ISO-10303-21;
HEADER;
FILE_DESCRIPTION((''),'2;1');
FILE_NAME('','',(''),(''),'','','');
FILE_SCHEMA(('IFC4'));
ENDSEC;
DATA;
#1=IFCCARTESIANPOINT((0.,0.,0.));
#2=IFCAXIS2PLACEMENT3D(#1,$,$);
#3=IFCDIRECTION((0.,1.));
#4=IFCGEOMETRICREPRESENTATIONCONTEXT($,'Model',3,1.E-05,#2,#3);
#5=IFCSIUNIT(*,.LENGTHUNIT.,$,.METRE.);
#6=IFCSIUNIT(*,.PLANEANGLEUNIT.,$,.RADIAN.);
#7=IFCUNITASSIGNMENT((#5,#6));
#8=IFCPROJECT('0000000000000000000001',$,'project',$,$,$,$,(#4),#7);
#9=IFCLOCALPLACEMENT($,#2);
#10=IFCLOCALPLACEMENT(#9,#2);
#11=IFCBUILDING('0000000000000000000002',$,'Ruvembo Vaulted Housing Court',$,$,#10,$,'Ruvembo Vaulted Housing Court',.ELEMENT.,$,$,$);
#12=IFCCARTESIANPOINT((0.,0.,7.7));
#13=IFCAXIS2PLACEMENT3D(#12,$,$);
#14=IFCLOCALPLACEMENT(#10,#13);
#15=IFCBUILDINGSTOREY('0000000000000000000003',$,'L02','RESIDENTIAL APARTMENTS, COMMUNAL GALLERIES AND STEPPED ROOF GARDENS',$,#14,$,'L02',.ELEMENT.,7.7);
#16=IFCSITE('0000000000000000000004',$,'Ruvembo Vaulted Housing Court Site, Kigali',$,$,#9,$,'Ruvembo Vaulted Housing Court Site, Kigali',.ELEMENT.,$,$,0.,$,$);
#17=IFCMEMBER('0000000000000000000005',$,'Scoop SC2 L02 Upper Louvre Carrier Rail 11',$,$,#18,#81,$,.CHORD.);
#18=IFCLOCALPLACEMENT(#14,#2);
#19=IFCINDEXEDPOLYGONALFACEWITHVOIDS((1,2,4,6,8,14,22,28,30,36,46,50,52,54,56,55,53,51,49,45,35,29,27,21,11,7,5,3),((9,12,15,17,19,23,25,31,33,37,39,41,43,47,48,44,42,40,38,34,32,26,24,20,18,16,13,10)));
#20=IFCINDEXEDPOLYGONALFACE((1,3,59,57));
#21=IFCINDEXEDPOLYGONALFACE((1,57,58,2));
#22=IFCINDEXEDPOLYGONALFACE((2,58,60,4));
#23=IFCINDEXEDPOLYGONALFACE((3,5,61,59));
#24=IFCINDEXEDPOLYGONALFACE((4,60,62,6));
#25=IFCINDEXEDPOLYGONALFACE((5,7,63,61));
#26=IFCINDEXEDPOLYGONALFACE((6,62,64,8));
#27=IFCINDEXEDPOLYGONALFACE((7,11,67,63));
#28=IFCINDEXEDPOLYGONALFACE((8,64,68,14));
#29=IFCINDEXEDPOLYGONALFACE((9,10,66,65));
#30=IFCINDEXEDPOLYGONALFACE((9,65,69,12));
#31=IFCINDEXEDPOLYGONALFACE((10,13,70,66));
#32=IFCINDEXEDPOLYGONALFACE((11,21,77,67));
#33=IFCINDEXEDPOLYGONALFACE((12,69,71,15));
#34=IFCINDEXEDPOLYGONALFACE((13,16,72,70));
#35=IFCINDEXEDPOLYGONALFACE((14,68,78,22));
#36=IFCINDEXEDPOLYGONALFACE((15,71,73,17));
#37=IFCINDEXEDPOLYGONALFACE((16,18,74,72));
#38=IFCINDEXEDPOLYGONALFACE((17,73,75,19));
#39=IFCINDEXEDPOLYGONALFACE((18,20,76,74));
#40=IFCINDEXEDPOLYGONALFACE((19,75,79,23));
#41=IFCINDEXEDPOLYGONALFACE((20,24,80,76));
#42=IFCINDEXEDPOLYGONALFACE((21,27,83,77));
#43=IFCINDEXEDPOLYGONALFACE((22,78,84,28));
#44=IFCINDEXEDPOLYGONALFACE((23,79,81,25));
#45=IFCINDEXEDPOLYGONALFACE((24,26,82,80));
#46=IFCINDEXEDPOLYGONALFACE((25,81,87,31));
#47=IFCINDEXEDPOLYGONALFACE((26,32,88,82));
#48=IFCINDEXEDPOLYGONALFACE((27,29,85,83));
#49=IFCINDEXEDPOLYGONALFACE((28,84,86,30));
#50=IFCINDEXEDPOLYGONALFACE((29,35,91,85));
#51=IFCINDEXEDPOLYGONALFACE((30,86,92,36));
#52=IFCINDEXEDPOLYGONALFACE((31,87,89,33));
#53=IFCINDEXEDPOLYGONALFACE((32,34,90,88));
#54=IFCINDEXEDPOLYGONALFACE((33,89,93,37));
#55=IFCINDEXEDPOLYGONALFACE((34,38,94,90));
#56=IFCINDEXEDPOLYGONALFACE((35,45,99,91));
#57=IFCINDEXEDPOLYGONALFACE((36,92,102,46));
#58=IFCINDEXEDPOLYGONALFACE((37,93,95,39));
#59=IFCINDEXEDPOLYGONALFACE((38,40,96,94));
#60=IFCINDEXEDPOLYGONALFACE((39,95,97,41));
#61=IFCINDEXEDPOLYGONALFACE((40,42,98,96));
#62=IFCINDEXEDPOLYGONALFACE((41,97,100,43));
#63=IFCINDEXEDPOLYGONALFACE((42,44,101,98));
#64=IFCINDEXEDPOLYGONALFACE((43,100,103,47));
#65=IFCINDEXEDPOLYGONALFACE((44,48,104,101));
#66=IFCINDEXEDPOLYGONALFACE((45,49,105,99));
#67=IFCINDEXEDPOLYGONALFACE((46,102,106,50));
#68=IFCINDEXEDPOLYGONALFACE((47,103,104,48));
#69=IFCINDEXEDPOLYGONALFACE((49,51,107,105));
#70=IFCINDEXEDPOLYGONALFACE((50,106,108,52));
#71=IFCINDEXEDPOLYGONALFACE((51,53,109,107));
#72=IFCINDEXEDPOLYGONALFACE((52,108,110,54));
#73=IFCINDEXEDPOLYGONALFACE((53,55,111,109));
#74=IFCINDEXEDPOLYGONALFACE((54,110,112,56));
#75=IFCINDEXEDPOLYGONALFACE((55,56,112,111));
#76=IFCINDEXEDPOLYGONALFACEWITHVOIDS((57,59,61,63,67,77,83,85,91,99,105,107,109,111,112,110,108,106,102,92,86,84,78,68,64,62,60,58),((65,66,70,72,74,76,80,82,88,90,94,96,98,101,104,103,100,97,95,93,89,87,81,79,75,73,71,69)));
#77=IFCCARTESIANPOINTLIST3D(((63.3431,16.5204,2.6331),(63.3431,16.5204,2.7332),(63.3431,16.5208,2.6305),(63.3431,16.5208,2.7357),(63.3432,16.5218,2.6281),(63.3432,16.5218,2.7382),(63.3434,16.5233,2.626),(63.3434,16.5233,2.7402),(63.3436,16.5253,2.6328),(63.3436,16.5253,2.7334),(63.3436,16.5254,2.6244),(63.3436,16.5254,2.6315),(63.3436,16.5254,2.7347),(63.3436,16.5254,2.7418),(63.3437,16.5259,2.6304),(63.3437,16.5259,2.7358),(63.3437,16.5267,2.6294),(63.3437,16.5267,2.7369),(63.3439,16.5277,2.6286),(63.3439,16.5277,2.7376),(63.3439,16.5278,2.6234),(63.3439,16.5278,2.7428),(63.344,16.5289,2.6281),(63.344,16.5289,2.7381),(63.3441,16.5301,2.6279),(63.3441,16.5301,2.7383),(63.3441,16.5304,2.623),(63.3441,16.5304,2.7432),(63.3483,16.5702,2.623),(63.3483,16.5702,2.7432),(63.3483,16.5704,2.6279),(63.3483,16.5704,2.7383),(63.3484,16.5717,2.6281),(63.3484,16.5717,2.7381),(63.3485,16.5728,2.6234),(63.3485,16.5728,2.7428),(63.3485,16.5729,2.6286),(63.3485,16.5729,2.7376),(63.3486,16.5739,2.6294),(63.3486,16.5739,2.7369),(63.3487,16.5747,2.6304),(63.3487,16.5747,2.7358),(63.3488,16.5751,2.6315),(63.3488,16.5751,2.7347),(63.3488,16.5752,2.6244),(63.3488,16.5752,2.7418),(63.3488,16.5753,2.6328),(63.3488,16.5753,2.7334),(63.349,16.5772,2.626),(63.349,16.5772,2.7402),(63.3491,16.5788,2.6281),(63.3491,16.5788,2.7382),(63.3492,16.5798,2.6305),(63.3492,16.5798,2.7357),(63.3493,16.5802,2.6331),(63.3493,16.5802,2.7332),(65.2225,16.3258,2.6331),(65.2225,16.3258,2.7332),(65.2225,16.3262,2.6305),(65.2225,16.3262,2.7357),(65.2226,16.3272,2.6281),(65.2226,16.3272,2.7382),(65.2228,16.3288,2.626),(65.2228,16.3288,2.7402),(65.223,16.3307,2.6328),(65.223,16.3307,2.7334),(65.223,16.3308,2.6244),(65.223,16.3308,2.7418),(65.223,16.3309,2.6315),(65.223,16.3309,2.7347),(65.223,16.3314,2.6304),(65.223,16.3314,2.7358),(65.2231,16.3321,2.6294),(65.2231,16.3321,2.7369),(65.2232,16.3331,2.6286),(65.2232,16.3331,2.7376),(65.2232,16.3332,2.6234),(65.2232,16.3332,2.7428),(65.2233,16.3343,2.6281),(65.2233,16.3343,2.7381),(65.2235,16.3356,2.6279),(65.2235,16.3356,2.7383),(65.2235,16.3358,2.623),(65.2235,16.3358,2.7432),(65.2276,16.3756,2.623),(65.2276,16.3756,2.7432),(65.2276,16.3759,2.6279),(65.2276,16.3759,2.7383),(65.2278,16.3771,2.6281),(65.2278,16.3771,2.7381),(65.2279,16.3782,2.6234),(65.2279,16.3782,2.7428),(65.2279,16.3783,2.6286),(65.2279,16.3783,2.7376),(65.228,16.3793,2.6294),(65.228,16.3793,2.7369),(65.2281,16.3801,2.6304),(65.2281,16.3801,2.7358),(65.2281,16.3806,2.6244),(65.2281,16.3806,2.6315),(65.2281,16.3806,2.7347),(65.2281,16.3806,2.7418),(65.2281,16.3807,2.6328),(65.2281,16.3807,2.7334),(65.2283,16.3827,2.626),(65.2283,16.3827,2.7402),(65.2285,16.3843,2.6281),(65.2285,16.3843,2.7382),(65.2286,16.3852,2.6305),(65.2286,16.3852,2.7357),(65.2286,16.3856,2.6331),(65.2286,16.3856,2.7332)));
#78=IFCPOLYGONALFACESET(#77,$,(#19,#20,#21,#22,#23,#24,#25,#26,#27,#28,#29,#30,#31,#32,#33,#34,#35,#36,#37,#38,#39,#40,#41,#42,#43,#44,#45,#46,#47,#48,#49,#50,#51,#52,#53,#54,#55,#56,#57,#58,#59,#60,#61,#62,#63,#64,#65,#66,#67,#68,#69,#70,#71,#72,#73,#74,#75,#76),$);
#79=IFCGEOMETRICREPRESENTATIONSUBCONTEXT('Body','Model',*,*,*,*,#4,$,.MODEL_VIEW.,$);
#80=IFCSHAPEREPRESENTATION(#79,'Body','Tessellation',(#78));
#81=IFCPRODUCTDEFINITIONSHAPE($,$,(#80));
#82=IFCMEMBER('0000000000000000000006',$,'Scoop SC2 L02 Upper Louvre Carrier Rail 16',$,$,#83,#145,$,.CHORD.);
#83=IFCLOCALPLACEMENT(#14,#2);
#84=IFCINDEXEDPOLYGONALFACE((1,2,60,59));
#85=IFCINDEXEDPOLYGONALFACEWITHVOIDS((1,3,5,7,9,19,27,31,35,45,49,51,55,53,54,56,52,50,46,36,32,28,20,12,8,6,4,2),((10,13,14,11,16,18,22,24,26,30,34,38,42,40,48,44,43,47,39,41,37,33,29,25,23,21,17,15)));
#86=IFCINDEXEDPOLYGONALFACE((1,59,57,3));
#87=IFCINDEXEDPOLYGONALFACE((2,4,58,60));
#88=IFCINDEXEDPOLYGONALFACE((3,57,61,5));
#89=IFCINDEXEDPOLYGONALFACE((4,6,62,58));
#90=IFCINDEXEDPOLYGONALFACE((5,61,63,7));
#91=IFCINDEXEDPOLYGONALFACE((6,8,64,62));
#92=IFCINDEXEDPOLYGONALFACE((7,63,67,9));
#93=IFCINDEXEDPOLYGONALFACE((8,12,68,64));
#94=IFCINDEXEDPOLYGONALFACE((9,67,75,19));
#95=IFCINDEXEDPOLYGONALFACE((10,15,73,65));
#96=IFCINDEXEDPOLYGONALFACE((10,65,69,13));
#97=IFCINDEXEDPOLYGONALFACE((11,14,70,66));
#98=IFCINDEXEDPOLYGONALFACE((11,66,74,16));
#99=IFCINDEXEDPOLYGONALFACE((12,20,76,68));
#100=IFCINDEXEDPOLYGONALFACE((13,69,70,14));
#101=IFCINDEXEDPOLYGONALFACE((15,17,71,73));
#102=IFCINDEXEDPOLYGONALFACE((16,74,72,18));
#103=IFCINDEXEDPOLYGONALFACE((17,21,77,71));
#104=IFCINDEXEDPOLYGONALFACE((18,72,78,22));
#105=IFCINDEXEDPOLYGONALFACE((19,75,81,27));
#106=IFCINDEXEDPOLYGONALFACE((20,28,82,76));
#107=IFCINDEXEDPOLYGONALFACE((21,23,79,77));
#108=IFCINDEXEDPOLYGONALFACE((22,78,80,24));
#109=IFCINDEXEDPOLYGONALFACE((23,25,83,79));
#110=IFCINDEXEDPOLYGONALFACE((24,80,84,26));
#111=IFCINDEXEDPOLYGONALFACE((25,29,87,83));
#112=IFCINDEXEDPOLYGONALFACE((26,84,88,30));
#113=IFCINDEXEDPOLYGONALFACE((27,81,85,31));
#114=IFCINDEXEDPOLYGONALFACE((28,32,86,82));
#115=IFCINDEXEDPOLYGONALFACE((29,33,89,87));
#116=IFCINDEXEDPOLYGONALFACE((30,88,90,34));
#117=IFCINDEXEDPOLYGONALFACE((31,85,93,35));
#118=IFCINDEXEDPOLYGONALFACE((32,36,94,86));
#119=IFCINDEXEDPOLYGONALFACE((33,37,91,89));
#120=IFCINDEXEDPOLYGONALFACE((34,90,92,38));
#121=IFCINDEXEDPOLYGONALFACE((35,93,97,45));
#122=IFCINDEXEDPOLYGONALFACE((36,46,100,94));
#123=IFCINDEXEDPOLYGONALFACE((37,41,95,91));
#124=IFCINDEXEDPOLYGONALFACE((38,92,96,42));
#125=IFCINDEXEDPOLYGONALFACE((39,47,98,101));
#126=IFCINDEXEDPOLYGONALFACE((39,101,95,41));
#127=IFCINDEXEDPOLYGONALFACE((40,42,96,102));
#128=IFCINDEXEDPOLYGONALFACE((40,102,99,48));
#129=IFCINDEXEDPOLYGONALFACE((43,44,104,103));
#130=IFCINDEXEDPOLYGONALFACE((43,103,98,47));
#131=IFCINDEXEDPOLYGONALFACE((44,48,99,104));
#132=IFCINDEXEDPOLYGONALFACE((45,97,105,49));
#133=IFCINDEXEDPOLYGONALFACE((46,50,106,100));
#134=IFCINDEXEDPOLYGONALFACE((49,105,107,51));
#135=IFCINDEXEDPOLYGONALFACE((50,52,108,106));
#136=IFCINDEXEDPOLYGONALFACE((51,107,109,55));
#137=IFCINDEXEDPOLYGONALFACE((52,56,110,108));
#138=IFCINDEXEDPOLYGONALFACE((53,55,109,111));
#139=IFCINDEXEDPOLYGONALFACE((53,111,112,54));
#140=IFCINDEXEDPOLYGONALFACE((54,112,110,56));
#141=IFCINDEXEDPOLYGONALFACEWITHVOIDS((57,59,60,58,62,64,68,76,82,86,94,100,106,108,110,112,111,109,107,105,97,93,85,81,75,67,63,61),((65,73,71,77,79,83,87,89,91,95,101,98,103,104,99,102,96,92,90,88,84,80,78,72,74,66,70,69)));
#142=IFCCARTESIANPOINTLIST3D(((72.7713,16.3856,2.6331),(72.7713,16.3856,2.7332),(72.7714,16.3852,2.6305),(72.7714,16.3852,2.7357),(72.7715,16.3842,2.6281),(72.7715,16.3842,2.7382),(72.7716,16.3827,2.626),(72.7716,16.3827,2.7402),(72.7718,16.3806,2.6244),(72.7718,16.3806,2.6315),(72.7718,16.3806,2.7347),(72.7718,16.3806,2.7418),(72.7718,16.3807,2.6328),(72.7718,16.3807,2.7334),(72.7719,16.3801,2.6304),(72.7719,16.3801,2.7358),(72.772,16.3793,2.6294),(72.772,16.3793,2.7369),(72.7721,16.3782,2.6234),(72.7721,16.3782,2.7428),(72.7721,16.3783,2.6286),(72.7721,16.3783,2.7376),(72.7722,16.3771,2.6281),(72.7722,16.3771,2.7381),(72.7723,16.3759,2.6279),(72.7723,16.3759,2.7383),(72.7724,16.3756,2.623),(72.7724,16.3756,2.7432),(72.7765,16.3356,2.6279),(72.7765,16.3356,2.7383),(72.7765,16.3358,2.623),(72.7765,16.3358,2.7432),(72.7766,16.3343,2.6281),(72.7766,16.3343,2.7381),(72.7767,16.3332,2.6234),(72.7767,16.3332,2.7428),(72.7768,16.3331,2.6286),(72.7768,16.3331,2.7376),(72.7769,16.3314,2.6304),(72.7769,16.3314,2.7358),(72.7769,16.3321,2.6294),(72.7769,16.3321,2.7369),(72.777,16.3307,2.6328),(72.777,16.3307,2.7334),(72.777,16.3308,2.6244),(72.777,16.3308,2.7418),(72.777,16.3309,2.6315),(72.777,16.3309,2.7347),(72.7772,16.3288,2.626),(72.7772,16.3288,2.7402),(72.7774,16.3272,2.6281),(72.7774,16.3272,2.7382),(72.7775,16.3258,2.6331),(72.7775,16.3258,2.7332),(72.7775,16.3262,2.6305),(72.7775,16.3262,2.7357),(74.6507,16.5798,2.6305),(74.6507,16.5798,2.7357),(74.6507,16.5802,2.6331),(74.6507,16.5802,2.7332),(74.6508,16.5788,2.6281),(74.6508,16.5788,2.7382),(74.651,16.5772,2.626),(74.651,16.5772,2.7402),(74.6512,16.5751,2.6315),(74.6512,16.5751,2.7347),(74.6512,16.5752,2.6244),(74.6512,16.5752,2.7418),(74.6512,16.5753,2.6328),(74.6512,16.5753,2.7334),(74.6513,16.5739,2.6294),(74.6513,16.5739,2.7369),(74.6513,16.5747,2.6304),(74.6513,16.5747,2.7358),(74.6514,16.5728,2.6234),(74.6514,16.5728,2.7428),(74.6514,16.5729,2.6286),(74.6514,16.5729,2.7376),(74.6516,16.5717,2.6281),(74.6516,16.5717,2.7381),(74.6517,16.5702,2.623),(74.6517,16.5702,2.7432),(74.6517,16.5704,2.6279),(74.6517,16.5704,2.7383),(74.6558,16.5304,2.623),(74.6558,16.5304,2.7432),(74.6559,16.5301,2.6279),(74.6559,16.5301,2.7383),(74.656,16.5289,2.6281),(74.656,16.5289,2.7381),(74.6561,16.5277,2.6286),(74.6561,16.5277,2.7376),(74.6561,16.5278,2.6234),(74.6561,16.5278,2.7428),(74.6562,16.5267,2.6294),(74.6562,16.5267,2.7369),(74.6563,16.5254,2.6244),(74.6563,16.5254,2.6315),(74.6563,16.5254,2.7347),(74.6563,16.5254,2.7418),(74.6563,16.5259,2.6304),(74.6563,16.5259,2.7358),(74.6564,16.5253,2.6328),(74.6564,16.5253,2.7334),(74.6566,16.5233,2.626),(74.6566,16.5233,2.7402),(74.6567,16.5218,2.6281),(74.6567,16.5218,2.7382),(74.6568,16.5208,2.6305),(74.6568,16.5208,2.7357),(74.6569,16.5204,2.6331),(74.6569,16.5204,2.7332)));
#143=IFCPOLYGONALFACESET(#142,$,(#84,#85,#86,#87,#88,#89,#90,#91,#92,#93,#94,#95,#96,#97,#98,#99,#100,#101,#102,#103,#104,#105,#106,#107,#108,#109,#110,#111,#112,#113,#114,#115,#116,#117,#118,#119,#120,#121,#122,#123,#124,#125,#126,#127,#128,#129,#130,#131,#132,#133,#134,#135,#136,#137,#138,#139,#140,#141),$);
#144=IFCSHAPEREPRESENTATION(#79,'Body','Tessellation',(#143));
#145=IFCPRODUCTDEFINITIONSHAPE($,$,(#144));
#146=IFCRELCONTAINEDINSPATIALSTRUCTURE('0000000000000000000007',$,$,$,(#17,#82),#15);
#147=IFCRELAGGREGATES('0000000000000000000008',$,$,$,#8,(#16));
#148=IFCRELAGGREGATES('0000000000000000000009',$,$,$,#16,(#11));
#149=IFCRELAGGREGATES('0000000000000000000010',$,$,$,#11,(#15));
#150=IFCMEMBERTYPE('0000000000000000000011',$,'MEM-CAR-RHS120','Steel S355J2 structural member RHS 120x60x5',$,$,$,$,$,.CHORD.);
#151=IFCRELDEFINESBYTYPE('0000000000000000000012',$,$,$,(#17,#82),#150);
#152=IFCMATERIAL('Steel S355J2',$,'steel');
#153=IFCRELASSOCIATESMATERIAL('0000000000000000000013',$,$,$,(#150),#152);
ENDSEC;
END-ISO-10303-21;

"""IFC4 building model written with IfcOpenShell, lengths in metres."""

from ifc_helpers import new_model, si_unit, direction, frame, origin, origin_2d, place, context, subcontext, project, spatial, hollow_rectangle, extrude, material, material_profile, profile_set, type_object, element, save


model = new_model("IFC4")

# Units and contexts
model_context = context("Model", 3, precision=1e-05, world=origin(), true_north=direction((0.0, 1.0)))
body_context = subcontext(model_context, "Body", "Model", "MODEL_VIEW")
ifc_project = project(units=[si_unit("LENGTHUNIT", "METRE"), si_unit("PLANEANGLEUNIT", "RADIAN")], contexts=[model_context])

# Site, building, storey
site_placement = place(None, origin())
site = spatial("IfcSite", under=ifc_project, at=site_placement, Name="Ruvembo Vaulted Housing Court Site, Kigali", LongName="Ruvembo Vaulted Housing Court Site, Kigali", CompositionType="ELEMENT", RefElevation=0.0)
building_placement = place(site_placement, origin())
building = spatial("IfcBuilding", under=site, at=building_placement, Name="Ruvembo Vaulted Housing Court", LongName="Ruvembo Vaulted Housing Court", CompositionType="ELEMENT")
storey_placement = place(building_placement, frame((0.0, 0.0, 7.7)))
storey = spatial("IfcBuildingStorey", under=building, at=storey_placement, Name="L02", Description="RESIDENTIAL APARTMENTS, COMMUNAL GALLERIES AND STEPPED ROOF GARDENS", LongName="L02", CompositionType="ELEMENT", Elevation=7.7)

# Shared definitions
ifc_material_1 = material(Name="Steel S355J2", Category="steel")

# Members
ifc_material_profile_1 = material_profile(ifc_material_1, hollow_rectangle(XDim=0.0601, YDim=0.1201, WallThickness=0.0049, InnerFilletRadius=0.0049, OuterFilletRadius=0.01, at=origin_2d()), Name="RHS 120x60x5")
ifc_profile_set_1 = profile_set([ifc_material_profile_1], Name="Steel S355J2")
member_type_1 = type_object("IfcMemberType", Name="MEM-CAR-RHS120", Description="Steel S355J2 structural member RHS 120x60x5", PredefinedType="CHORD", material=ifc_profile_set_1)
for number, where, z_axis, x_axis, name in (
    (1, (63.3462, 16.5503, 2.6831), (0.994683, -0.102983, 0.0), (0.102983, 0.994683, 0.0), "Scoop SC2 L02 Upper Louvre Carrier Rail 11"),
    (2, (72.7744, 16.3557, 2.6831), (0.994683, 0.102983, 0.0), (-0.102983, 0.994683, 0.0), "Scoop SC2 L02 Upper Louvre Carrier Rail 16"),
):
    element("IfcMember", number, at=place(storey_placement, frame(where, z_axis=z_axis, x_axis=x_axis)), inside=storey, type_object=member_type_1, Name=name, PredefinedType="CHORD", context=body_context, shape_type="SweptSolid", body=[
        extrude(hollow_rectangle(XDim=0.0601, YDim=0.1201, WallThickness=0.0049, InnerFilletRadius=0.0049, OuterFilletRadius=0.01, at=origin_2d()), origin(), (0.0, 0.0, 1.0), 1.8894),
    ])

save(model, "model.ifc")
